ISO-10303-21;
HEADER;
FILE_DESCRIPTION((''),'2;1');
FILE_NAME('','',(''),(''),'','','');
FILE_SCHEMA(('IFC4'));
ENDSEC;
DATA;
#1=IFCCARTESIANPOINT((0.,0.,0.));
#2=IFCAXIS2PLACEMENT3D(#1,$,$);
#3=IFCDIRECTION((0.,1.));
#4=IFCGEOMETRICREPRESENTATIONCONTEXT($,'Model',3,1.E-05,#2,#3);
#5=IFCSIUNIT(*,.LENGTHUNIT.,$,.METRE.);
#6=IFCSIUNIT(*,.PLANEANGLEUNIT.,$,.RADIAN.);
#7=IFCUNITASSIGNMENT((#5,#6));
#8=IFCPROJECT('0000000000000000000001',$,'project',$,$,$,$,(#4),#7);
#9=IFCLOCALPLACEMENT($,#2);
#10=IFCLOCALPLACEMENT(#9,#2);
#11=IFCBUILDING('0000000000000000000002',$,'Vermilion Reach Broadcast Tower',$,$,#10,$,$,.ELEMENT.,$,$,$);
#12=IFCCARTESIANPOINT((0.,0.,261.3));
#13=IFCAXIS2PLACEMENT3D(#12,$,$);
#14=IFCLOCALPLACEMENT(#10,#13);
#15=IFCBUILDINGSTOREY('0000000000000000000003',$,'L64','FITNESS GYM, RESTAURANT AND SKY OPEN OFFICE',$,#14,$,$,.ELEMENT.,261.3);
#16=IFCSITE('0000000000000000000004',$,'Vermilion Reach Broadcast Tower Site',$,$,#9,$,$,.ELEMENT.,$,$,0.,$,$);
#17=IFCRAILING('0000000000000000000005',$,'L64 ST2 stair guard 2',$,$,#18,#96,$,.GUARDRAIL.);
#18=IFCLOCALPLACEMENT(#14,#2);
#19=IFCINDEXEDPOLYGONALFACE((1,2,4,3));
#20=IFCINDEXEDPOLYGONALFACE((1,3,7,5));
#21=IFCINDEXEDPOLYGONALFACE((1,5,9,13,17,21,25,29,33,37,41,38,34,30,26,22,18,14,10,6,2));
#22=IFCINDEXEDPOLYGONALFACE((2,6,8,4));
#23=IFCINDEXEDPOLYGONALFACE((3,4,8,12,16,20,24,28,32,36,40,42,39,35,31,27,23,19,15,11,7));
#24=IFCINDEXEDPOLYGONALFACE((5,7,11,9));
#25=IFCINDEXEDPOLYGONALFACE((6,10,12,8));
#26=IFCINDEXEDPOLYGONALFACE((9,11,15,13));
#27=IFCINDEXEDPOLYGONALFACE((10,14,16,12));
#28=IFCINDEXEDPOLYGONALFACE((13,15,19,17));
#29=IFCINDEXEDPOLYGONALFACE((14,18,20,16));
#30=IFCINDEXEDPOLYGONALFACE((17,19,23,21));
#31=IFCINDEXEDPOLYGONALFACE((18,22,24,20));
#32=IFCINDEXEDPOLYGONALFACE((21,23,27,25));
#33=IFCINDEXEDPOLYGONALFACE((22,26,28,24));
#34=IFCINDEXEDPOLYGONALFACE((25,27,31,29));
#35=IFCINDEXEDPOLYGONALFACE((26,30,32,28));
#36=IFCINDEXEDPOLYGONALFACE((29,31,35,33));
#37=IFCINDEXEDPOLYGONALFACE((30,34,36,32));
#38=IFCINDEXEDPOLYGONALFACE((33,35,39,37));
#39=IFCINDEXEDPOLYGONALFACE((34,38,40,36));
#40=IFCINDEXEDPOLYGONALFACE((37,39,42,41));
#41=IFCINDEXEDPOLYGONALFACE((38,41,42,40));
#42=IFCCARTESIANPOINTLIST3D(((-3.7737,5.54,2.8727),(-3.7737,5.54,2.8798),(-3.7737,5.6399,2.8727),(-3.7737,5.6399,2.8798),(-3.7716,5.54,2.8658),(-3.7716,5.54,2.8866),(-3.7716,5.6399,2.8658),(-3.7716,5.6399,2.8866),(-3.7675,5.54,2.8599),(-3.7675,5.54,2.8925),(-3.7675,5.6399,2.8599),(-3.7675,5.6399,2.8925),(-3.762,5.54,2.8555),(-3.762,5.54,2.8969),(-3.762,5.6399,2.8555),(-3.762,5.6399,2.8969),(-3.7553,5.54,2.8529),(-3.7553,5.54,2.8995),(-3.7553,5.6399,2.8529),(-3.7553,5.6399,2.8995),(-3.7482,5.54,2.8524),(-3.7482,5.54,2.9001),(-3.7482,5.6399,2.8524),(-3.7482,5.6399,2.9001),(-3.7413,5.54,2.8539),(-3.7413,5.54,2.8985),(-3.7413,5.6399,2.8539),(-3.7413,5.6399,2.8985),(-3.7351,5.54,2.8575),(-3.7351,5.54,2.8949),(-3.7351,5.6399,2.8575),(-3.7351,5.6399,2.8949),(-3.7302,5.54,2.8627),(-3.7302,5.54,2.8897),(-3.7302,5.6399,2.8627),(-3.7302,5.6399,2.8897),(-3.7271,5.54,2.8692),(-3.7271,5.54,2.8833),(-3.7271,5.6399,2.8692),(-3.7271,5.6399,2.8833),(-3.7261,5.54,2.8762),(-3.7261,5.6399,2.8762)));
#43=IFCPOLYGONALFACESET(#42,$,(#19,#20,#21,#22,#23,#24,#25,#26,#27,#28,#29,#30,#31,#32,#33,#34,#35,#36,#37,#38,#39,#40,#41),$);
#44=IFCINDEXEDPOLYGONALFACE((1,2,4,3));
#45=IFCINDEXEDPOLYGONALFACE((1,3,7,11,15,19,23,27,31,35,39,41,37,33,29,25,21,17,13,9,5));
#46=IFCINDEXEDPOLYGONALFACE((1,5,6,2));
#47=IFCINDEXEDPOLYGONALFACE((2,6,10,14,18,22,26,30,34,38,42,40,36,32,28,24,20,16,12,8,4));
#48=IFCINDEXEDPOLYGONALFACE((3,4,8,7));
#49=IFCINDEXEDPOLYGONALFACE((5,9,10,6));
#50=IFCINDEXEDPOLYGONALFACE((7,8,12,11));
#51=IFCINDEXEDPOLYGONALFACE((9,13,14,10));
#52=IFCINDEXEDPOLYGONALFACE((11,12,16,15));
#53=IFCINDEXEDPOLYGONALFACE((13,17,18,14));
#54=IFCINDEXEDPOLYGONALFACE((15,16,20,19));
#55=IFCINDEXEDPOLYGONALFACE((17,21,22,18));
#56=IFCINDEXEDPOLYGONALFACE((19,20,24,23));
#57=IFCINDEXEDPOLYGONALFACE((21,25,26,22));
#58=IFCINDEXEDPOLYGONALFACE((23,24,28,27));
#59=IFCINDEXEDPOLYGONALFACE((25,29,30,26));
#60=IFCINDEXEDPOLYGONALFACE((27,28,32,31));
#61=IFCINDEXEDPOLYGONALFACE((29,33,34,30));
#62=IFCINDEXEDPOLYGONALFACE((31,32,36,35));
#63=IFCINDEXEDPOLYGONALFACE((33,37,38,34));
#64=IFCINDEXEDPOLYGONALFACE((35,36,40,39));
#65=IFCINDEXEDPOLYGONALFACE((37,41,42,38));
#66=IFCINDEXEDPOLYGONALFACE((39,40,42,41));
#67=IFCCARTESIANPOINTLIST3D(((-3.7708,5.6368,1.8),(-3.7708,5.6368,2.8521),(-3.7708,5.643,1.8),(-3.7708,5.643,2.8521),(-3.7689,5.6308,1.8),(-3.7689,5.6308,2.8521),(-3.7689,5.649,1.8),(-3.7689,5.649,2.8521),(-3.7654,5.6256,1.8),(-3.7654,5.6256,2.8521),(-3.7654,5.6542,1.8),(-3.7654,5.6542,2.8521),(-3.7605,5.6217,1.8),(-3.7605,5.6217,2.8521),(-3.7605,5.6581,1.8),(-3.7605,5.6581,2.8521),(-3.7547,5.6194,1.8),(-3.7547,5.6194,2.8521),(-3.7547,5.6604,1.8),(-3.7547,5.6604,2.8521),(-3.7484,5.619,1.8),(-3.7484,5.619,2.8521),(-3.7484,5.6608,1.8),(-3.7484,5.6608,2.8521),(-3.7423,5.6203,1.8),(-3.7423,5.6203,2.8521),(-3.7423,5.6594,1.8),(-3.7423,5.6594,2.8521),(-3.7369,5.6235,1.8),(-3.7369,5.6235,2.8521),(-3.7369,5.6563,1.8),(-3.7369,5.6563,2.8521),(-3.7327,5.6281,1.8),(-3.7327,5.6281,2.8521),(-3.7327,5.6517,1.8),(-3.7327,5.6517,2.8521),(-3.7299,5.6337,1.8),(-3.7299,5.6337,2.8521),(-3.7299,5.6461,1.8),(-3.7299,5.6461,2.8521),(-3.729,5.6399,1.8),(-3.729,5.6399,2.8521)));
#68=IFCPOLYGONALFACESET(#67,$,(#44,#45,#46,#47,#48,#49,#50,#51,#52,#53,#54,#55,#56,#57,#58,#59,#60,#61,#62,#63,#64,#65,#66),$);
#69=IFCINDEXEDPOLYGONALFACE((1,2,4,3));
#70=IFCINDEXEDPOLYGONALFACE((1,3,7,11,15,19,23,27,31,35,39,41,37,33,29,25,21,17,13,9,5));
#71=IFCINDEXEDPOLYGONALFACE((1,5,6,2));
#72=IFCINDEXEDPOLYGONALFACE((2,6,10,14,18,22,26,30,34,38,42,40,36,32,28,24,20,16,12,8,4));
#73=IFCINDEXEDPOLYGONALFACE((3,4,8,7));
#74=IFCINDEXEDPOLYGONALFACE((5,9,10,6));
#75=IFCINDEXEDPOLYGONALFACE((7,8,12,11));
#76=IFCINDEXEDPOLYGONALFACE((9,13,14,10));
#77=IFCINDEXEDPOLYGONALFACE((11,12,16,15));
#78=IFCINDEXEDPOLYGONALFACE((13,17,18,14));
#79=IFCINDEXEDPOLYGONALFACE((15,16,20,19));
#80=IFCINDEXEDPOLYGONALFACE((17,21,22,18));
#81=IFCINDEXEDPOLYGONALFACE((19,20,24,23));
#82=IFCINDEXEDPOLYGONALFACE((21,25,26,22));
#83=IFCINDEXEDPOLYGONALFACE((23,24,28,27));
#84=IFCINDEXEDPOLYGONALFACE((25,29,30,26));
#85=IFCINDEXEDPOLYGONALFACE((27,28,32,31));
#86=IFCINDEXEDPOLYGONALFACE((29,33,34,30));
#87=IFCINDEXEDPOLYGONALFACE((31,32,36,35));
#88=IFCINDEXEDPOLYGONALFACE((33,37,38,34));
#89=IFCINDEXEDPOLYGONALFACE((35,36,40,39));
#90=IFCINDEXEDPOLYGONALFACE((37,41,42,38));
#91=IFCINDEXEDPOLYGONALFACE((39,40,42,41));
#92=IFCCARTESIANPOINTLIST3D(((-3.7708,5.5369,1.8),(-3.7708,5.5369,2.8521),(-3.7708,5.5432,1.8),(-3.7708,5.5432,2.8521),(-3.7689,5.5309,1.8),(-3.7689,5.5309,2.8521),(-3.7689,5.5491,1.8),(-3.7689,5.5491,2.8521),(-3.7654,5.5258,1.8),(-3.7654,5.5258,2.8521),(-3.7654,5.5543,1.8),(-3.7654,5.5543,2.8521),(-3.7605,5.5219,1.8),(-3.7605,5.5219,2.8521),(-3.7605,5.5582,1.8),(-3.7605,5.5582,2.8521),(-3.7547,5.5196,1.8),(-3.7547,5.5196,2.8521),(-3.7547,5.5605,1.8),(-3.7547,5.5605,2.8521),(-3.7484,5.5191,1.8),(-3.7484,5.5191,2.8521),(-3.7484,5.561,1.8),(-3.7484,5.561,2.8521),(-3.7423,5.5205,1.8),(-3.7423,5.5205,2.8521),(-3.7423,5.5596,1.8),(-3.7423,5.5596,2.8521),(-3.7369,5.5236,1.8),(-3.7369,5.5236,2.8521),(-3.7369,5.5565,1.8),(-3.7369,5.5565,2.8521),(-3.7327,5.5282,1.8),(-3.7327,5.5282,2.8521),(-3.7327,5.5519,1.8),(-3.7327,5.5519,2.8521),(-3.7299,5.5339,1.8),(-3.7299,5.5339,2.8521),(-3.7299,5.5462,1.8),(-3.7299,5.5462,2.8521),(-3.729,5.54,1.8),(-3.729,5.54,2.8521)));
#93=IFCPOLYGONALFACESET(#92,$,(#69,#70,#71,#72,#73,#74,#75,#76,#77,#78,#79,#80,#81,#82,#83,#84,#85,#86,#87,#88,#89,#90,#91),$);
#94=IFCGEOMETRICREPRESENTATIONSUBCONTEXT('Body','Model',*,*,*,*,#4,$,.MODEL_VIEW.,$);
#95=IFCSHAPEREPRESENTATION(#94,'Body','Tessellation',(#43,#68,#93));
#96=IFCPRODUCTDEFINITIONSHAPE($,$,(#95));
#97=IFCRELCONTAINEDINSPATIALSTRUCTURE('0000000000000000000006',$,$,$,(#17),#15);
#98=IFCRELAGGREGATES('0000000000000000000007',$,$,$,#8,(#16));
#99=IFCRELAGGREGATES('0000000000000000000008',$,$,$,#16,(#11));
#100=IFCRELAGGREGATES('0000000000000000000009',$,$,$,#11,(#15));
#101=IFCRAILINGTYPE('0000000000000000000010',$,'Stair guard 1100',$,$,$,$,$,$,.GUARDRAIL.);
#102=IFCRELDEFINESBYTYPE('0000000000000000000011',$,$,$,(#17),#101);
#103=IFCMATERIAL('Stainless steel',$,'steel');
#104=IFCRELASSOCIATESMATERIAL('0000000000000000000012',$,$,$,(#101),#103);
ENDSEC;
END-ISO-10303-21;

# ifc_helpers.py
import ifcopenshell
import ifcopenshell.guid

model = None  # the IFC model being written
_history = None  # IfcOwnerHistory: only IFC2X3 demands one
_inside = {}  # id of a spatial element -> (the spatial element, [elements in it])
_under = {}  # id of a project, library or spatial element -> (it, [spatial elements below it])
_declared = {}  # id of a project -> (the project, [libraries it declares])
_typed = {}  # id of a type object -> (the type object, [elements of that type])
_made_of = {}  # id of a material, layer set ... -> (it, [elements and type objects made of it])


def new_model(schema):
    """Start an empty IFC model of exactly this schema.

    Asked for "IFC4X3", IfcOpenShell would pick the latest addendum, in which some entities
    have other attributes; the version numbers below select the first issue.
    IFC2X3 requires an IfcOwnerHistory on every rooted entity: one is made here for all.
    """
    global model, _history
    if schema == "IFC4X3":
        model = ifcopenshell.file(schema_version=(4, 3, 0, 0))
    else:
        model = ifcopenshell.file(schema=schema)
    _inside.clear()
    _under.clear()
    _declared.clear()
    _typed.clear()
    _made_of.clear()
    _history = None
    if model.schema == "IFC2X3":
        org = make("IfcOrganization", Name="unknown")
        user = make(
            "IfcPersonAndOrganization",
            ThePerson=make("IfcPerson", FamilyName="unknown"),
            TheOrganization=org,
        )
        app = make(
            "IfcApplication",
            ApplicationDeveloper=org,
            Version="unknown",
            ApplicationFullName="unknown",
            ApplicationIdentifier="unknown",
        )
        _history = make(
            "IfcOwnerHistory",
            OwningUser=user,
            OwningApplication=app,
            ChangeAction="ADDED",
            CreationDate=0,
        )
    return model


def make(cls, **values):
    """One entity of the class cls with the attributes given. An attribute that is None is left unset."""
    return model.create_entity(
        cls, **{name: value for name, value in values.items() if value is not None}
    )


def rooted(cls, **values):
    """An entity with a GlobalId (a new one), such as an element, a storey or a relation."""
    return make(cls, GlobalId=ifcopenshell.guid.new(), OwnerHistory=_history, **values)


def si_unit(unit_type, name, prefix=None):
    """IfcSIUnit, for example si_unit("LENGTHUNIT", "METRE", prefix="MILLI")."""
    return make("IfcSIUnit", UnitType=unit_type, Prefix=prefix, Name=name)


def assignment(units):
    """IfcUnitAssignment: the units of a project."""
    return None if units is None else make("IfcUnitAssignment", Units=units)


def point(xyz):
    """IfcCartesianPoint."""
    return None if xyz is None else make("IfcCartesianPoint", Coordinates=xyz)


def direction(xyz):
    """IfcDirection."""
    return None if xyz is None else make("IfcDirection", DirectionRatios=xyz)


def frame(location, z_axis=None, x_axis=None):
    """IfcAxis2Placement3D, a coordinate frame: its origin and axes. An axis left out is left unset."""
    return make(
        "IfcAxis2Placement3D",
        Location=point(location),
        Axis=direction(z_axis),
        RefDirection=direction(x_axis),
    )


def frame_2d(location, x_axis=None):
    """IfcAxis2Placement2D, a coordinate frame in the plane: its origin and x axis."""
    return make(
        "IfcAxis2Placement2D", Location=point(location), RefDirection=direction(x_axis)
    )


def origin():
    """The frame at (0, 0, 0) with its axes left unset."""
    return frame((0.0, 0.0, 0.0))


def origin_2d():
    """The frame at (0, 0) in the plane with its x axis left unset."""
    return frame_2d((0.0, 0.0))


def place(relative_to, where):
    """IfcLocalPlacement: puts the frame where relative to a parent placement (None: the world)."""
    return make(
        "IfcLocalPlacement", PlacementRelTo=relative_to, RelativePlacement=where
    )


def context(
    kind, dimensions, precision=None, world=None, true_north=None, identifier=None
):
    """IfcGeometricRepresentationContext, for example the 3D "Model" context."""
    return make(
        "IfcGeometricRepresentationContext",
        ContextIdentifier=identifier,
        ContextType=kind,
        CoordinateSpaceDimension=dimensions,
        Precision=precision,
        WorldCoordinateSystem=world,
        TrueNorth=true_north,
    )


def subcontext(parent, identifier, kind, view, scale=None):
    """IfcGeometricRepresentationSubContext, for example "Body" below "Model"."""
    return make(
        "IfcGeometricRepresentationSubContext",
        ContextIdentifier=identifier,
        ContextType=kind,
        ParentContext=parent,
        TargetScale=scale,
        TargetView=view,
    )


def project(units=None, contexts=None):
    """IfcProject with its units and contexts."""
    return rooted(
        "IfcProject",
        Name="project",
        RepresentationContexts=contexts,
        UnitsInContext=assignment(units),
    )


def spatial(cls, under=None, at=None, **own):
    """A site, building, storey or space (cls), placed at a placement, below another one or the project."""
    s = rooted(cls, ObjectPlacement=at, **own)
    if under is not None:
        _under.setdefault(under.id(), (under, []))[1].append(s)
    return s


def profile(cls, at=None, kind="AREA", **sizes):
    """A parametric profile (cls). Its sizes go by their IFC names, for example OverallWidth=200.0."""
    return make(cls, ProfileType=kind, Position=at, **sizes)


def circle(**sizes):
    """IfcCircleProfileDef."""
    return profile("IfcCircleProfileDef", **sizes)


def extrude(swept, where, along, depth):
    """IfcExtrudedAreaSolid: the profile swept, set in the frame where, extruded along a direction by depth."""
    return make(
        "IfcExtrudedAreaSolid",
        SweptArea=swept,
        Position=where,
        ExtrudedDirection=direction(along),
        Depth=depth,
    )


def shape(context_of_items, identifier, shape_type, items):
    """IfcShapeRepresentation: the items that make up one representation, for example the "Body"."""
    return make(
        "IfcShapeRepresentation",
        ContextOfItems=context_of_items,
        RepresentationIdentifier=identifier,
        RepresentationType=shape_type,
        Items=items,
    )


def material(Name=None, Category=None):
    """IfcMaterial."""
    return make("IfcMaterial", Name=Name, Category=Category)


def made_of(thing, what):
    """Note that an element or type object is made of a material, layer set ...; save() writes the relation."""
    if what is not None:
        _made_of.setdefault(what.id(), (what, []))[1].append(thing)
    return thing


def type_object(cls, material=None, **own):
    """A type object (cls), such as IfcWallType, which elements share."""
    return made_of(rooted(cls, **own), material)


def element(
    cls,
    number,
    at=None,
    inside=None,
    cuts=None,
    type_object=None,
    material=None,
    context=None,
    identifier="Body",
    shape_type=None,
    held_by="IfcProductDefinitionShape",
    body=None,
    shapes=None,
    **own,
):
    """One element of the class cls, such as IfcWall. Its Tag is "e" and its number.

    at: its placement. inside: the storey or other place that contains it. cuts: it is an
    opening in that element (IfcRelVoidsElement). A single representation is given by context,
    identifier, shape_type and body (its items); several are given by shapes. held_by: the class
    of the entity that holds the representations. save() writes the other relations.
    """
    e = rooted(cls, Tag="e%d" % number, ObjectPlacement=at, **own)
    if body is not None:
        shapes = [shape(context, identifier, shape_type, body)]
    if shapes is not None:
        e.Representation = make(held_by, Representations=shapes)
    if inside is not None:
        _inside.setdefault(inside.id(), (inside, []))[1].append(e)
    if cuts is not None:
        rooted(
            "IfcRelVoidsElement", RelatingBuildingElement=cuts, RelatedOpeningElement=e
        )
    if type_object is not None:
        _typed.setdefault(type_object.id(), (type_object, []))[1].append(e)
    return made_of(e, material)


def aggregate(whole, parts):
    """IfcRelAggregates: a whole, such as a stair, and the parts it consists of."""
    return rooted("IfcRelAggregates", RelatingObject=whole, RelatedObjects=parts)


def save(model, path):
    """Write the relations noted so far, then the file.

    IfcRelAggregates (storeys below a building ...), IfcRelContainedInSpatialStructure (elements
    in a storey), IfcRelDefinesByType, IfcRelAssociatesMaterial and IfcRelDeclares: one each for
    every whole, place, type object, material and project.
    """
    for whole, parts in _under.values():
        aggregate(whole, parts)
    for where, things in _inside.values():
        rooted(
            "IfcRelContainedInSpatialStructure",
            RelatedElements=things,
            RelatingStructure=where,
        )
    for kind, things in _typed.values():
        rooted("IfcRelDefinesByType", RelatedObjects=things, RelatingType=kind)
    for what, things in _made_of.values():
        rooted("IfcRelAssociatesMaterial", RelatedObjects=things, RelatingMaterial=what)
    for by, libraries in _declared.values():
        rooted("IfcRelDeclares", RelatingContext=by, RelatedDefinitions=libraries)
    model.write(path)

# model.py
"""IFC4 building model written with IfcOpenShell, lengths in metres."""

from ifc_helpers import new_model, si_unit, direction, frame, origin, origin_2d, place, context, subcontext, project, spatial, circle, extrude, material, type_object, element, save


model = new_model("IFC4")

# Units and contexts
model_context = context("Model", 3, precision=1e-05, world=origin(), true_north=direction((0.0, 1.0)))
body_context = subcontext(model_context, "Body", "Model", "MODEL_VIEW")
ifc_project = project(units=[si_unit("LENGTHUNIT", "METRE"), si_unit("PLANEANGLEUNIT", "RADIAN")], contexts=[model_context])

# Site, building, storey
site_placement = place(None, origin())
site = spatial("IfcSite", under=ifc_project, at=site_placement, Name="Vermilion Reach Broadcast Tower Site", CompositionType="ELEMENT", RefElevation=0.0)
building_placement = place(site_placement, origin())
building = spatial("IfcBuilding", under=site, at=building_placement, Name="Vermilion Reach Broadcast Tower", CompositionType="ELEMENT")
storey_placement = place(building_placement, frame((0.0, 0.0, 261.3)))
storey = spatial("IfcBuildingStorey", under=building, at=storey_placement, Name="L64", Description="FITNESS GYM, RESTAURANT AND SKY OPEN OFFICE", CompositionType="ELEMENT", Elevation=261.3)

# Railing
ifc_material_1 = material(Name="Stainless steel", Category="steel")
railing_type_1 = type_object("IfcRailingType", Name="Stair guard 1100", PredefinedType="GUARDRAIL", material=ifc_material_1)
railing_1_placement = place(storey_placement, frame((-3.75, 5.6399, 1.8)))
element("IfcRailing", 1, at=railing_1_placement, inside=storey, type_object=railing_type_1, Name="L64 ST2 stair guard 2", PredefinedType="GUARDRAIL", context=body_context, shape_type="SweptSolid", body=[
    extrude(circle(Radius=0.0239, at=origin_2d()), frame((0.0, 0.0, 1.0762), z_axis=(0.0, -1.0, 0.0), x_axis=(1.0, 0.0, 0.0)), (0.0, 0.0, 1.0), 0.0999),
    extrude(circle(Radius=0.021, at=origin_2d()), origin(), (0.0, 0.0, 1.0), 1.052),
    extrude(circle(Radius=0.021, at=origin_2d()), frame((0.0, -0.0999, 0.0)), (0.0, 0.0, 1.0), 1.052),
])

save(model, "model.ifc")
